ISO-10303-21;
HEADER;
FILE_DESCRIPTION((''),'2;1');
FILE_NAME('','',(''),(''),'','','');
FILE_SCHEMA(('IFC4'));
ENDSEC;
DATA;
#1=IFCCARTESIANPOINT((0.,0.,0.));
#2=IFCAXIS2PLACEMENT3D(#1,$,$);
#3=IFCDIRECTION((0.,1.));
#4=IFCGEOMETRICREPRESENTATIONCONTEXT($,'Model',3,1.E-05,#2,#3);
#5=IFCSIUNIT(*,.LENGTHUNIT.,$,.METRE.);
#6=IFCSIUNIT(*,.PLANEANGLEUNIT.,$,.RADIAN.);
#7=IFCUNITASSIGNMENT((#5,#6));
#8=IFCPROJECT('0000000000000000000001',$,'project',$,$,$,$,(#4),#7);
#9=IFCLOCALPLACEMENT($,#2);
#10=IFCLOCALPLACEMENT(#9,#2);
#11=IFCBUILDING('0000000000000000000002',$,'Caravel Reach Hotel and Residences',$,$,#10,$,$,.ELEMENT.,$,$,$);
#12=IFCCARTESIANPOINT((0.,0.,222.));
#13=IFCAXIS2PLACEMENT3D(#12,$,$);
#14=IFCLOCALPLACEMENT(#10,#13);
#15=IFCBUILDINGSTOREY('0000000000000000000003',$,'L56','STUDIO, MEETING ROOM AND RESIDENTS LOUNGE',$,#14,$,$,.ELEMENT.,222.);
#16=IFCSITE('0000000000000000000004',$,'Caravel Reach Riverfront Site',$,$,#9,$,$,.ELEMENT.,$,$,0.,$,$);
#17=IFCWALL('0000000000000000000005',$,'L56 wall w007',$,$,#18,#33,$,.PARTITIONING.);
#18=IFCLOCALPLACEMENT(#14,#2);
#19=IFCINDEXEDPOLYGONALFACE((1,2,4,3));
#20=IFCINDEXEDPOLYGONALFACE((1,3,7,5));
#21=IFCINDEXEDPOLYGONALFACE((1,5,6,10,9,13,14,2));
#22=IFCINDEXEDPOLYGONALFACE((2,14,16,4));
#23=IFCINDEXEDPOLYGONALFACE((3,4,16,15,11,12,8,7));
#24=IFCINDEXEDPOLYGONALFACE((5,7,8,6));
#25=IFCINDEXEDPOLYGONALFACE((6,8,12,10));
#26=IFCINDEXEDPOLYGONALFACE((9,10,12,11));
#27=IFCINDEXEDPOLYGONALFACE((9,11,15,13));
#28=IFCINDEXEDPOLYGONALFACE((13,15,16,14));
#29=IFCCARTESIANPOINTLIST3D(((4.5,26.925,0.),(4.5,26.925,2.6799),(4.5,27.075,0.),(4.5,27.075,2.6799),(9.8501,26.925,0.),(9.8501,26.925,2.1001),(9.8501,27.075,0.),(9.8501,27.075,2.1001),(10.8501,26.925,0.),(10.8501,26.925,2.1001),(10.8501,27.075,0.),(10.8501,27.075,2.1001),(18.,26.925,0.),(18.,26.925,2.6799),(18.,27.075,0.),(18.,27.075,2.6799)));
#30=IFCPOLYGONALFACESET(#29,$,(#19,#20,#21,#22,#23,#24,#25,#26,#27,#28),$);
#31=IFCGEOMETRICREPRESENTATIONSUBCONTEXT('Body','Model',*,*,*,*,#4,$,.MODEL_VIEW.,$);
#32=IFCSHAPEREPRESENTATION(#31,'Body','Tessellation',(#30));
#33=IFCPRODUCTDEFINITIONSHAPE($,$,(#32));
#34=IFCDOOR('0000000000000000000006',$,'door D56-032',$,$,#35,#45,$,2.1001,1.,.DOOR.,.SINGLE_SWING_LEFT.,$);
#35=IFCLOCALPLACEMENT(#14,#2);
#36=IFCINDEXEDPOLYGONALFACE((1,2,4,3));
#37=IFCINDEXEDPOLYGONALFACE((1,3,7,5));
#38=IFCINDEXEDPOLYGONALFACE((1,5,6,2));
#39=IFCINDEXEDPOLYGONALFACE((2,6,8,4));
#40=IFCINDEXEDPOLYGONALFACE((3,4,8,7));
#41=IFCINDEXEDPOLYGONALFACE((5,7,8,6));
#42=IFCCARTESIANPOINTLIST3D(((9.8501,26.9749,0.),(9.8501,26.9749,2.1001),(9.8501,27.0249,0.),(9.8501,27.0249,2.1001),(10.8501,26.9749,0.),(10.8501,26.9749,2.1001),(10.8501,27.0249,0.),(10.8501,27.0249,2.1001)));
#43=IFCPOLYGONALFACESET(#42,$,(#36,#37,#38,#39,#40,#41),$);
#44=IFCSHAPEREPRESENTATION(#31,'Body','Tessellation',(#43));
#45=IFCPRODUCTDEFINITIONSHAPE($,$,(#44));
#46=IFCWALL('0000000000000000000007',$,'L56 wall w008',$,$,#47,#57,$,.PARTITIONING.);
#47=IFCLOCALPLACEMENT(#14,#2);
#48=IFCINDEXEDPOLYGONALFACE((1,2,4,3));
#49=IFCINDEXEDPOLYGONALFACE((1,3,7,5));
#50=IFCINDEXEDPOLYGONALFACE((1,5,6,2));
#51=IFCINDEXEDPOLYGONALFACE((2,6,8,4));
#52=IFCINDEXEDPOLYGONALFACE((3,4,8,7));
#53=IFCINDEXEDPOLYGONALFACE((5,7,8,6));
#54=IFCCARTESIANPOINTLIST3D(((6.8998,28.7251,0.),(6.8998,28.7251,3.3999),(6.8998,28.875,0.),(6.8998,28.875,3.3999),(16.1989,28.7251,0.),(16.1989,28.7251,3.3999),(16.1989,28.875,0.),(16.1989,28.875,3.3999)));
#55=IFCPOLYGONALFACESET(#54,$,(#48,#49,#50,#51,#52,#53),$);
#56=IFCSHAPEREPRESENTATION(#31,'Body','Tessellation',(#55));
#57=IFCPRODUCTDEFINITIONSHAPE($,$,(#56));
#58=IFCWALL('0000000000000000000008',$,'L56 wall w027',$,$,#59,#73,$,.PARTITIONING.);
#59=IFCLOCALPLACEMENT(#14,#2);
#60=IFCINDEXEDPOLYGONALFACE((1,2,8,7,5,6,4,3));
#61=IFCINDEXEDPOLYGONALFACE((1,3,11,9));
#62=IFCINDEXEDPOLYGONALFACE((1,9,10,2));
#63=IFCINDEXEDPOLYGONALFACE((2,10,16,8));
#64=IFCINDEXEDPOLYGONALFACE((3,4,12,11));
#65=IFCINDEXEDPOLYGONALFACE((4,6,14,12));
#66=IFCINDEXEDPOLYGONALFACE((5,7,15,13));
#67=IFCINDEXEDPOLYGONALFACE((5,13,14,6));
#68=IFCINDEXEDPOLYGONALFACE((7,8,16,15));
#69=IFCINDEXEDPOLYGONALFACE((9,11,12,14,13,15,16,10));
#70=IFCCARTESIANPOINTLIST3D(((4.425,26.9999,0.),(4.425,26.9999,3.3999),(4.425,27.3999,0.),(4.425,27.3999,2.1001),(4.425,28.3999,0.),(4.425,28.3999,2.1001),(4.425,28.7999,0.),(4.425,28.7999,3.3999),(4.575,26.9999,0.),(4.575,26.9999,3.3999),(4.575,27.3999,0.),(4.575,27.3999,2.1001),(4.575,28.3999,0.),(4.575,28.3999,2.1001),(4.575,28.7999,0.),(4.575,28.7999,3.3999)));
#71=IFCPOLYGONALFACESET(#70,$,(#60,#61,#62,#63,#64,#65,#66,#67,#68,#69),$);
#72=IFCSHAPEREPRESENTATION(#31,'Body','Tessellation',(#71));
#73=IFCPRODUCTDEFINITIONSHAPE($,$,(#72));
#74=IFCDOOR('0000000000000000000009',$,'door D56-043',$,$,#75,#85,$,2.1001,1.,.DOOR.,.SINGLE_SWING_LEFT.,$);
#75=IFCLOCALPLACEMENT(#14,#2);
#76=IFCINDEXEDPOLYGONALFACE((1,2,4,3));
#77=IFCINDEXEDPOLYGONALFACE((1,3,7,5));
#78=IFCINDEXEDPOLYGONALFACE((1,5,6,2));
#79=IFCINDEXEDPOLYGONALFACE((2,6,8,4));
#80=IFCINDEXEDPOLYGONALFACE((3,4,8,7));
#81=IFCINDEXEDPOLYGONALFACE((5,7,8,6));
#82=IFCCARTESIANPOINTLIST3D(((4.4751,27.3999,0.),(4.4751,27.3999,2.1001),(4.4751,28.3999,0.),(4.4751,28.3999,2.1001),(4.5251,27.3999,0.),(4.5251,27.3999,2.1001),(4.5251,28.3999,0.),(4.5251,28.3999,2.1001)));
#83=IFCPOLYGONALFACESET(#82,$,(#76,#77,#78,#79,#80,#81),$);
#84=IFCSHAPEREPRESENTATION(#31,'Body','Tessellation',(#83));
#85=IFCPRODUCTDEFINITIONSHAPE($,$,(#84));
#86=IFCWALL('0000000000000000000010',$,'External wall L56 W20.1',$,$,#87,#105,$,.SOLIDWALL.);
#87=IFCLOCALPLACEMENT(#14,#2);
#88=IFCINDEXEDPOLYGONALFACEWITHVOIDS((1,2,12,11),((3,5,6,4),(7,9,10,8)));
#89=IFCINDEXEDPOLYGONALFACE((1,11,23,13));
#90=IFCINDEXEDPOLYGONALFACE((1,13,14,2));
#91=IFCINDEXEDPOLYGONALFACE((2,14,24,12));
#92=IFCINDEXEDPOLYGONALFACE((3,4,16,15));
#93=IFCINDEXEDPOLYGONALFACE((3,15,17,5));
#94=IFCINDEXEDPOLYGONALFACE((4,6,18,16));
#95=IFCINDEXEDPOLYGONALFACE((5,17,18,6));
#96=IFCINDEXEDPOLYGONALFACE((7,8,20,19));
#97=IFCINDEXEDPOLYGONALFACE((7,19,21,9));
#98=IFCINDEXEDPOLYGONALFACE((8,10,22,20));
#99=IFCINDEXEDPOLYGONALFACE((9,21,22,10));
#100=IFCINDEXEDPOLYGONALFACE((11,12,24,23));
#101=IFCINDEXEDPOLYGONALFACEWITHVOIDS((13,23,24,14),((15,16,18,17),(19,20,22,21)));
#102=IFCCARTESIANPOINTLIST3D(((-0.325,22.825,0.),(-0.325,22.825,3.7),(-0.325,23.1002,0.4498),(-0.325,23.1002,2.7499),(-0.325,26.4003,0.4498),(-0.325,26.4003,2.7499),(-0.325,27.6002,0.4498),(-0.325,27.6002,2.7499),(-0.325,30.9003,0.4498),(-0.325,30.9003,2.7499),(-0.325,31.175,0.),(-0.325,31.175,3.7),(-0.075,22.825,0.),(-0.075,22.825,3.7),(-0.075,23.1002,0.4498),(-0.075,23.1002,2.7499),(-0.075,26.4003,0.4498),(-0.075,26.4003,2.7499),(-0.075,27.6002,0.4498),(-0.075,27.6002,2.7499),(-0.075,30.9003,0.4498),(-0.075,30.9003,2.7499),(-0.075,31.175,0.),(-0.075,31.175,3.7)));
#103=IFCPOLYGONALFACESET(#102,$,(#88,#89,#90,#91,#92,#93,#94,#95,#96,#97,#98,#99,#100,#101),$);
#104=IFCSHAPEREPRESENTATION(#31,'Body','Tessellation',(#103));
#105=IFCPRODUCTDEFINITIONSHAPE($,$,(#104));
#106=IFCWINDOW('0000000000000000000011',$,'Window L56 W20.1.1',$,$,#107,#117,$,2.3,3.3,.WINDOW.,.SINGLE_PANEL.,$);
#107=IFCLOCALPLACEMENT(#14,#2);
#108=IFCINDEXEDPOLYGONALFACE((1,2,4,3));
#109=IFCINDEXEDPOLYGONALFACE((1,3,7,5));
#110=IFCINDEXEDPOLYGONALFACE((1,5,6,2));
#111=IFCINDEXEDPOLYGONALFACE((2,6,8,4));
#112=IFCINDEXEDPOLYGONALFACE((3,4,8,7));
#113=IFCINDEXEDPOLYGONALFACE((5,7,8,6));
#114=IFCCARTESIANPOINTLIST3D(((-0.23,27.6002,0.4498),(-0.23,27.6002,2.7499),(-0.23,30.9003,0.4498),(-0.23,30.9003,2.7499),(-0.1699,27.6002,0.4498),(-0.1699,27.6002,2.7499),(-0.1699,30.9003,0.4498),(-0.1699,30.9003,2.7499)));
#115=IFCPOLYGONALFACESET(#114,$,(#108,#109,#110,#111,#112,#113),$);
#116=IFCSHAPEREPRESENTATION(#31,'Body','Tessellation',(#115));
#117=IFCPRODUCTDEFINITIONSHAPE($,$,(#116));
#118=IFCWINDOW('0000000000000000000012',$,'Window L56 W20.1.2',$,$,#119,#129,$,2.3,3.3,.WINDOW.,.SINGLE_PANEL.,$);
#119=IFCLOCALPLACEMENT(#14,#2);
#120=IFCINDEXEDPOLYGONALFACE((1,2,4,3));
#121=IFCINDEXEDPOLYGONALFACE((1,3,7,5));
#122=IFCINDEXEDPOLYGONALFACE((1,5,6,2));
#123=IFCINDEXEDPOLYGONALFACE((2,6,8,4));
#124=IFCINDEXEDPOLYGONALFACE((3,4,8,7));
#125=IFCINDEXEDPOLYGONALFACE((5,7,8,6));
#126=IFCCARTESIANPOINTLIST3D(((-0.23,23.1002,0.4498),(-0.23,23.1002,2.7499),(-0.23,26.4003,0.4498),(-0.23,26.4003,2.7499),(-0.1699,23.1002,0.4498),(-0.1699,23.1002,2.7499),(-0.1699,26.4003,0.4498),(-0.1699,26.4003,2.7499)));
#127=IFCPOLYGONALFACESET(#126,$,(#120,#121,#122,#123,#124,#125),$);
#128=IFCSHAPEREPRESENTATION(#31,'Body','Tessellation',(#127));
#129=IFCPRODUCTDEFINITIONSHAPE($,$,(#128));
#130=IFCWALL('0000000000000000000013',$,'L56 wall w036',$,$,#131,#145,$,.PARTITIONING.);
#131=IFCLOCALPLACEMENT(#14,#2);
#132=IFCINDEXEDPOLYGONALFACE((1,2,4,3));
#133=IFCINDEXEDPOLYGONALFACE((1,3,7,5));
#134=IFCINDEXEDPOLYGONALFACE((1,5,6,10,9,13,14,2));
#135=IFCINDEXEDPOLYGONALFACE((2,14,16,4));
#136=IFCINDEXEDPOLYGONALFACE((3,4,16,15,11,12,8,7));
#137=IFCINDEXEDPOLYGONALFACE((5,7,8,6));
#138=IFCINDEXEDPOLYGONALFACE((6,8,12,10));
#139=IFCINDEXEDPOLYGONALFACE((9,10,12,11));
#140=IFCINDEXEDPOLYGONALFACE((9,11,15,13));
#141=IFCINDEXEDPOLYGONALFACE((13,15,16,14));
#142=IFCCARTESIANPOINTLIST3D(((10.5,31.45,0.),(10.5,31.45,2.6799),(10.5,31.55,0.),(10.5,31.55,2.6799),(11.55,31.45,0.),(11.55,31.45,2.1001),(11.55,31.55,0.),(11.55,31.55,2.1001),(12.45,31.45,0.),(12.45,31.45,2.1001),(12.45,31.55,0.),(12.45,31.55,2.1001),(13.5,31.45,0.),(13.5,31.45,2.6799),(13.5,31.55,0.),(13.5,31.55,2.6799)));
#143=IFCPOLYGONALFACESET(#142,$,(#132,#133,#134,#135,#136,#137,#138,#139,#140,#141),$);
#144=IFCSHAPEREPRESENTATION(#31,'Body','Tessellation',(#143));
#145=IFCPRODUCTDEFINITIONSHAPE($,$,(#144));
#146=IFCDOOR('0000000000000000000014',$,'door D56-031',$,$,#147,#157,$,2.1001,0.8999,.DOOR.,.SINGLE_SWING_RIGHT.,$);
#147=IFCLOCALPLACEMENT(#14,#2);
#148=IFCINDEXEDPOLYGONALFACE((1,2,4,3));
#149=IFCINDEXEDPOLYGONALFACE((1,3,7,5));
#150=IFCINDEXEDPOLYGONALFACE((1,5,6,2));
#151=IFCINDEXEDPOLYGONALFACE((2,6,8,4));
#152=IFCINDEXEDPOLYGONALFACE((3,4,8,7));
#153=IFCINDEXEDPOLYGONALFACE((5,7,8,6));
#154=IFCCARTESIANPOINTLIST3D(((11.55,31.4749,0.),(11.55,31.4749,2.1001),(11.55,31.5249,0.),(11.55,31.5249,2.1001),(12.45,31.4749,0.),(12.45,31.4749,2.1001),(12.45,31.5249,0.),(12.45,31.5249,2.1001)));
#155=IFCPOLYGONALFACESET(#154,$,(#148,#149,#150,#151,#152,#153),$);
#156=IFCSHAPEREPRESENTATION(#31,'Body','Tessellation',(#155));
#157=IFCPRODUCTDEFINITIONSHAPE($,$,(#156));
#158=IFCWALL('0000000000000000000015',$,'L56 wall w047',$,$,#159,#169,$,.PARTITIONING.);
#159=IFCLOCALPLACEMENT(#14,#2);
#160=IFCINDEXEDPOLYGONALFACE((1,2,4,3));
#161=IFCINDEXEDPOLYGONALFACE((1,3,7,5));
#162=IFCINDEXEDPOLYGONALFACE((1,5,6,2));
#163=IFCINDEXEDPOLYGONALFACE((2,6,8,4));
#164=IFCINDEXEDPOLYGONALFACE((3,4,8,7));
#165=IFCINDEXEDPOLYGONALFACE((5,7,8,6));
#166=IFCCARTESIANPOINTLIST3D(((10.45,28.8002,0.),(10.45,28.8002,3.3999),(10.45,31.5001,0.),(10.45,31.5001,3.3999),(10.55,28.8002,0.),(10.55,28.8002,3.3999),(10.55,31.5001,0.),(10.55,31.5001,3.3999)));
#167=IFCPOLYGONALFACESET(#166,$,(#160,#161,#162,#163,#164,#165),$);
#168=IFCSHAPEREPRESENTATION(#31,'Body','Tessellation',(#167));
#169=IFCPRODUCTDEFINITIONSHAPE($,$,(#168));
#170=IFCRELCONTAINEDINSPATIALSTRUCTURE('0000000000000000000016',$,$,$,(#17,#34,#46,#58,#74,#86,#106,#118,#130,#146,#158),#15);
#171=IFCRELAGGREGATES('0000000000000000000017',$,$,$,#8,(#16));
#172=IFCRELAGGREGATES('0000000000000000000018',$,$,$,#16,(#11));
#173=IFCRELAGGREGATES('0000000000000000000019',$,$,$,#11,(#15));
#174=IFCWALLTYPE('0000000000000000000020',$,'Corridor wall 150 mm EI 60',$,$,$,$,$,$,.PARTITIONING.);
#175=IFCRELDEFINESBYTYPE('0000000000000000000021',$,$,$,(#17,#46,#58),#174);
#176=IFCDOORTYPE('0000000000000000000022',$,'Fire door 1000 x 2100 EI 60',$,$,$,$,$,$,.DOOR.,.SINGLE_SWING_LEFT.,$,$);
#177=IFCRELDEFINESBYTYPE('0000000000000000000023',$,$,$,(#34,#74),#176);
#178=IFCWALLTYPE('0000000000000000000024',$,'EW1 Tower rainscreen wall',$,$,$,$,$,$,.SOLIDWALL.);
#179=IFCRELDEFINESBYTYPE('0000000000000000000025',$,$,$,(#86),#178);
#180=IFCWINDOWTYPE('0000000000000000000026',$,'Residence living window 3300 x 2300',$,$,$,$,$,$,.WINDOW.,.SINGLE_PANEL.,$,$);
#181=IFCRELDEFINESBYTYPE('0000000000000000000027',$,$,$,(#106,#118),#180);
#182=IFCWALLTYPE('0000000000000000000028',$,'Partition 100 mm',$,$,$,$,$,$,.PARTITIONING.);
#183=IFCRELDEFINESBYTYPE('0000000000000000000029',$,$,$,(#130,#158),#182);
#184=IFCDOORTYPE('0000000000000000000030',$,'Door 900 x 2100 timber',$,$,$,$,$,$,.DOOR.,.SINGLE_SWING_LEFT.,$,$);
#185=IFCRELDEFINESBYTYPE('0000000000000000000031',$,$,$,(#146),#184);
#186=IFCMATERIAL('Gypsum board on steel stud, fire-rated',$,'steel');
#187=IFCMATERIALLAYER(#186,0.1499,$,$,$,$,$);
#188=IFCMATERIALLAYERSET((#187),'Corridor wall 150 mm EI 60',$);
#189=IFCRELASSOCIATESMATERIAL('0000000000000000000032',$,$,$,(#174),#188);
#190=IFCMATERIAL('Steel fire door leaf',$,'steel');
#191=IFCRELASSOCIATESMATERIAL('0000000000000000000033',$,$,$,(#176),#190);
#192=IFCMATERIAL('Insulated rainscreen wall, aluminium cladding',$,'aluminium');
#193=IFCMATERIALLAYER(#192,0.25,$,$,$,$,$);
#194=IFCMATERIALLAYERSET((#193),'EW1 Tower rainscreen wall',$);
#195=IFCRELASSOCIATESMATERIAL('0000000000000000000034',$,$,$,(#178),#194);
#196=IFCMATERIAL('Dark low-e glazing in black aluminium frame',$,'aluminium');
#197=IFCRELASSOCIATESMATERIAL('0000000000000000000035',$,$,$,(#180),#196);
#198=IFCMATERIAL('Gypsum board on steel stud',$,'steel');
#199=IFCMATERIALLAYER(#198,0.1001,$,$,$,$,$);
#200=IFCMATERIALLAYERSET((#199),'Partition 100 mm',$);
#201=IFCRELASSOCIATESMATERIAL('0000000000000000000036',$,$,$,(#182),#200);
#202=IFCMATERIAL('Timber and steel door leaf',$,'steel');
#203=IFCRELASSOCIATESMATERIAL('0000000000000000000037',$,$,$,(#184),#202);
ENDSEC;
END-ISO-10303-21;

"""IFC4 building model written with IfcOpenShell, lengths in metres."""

from ifc_helpers import new_model, si_unit, direction, frame, frame_2d, origin, place, context, subcontext, project, spatial, rectangle, extrude, material, layer, layer_set, type_object, element, fill, save


model = new_model("IFC4")

# Units and contexts
model_context = context("Model", 3, precision=1e-05, world=origin(), true_north=direction((0.0, 1.0)))
body_context = subcontext(model_context, "Body", "Model", "MODEL_VIEW")
ifc_project = project(units=[si_unit("LENGTHUNIT", "METRE"), si_unit("PLANEANGLEUNIT", "RADIAN")], contexts=[model_context])

# Site, building, storey
site_placement = place(None, origin())
site = spatial("IfcSite", under=ifc_project, at=site_placement, Name="Caravel Reach Riverfront Site", CompositionType="ELEMENT", RefElevation=0.0)
building_placement = place(site_placement, origin())
building = spatial("IfcBuilding", under=site, at=building_placement, Name="Caravel Reach Hotel and Residences", CompositionType="ELEMENT")
storey_placement = place(building_placement, frame((0.0, 0.0, 222.0)))
storey = spatial("IfcBuildingStorey", under=building, at=storey_placement, Name="L56", Description="STUDIO, MEETING ROOM AND RESIDENTS LOUNGE", CompositionType="ELEMENT", Elevation=222.0)

# Wall, opening, door
ifc_material_1 = material(Name="Gypsum board on steel stud, fire-rated", Category="steel")
ifc_layer_1 = layer(ifc_material_1, 0.1499)
ifc_layer_set_1 = layer_set([ifc_layer_1], Name="Corridor wall 150 mm EI 60")
wall_type_1 = type_object("IfcWallType", Name="Corridor wall 150 mm EI 60", PredefinedType="PARTITIONING", material=ifc_layer_set_1)
wall_1_placement = place(storey_placement, frame((4.5, 27.0, 0.0), z_axis=(0.0, 0.0, 1.0), x_axis=(1.0, 0.0, 0.0)))
wall_1 = element("IfcWall", 1, at=wall_1_placement, inside=storey, type_object=wall_type_1, Name="L56 wall w007", PredefinedType="PARTITIONING", context=body_context, shape_type="SweptSolid", body=[
    extrude(rectangle(XDim=13.5, YDim=0.1499, at=frame_2d((6.75, 0.0))), origin(), (0.0, 0.0, 1.0), 2.6799),
])
opening_1_placement = place(wall_1_placement, frame((5.3501, 0.0, 0.0)))
opening_1 = element("IfcOpeningElement", 2, at=opening_1_placement, cuts=wall_1, PredefinedType="OPENING", context=body_context, shape_type="SweptSolid", body=[
    extrude(rectangle(XDim=1.0, YDim=2.1001, at=frame_2d((0.5, 1.05))), frame((0.0, 0.085, 0.0), z_axis=(0.0, -1.0, 0.0), x_axis=(1.0, 0.0, 0.0)), (0.0, 0.0, 1.0), 0.1699),
])
ifc_material_2 = material(Name="Steel fire door leaf", Category="steel")
door_type_1 = type_object("IfcDoorType", Name="Fire door 1000 x 2100 EI 60", OperationType="SINGLE_SWING_LEFT", PredefinedType="DOOR", material=ifc_material_2)
door_1_placement = place(opening_1_placement, origin())
door_1 = element("IfcDoor", 3, at=door_1_placement, inside=storey, type_object=door_type_1, Name="door D56-032", OperationType="SINGLE_SWING_LEFT", OverallHeight=2.1001, OverallWidth=1.0, PredefinedType="DOOR", context=body_context, shape_type="SweptSolid", body=[
    extrude(rectangle(XDim=1.0, YDim=2.1001, at=frame_2d((0.5, 1.05))), frame((0.0, 0.0249, 0.0), z_axis=(0.0, -1.0, 0.0), x_axis=(1.0, 0.0, 0.0)), (0.0, 0.0, 1.0), 0.05),
])
fill(opening_1, door_1)

# Wall
wall_2_placement = place(storey_placement, frame((6.8999, 28.8, 0.0), z_axis=(0.0, 0.0, 1.0), x_axis=(1.0, 0.0, 0.0)))
element("IfcWall", 4, at=wall_2_placement, inside=storey, type_object=wall_type_1, Name="L56 wall w008", PredefinedType="PARTITIONING", context=body_context, shape_type="SweptSolid", body=[
    extrude(rectangle(XDim=9.2991, YDim=0.1499, at=frame_2d((4.6494, 0.0))), origin(), (0.0, 0.0, 1.0), 3.3999),
])

# Wall, opening, door
wall_3_placement = place(storey_placement, frame((4.5, 27.0, 0.0), z_axis=(0.0, 0.0, 1.0), x_axis=(0.0, 1.0, 0.0)))
wall_3 = element("IfcWall", 5, at=wall_3_placement, inside=storey, type_object=wall_type_1, Name="L56 wall w027", PredefinedType="PARTITIONING", context=body_context, shape_type="SweptSolid", body=[
    extrude(rectangle(XDim=1.8, YDim=0.1499, at=frame_2d((0.8999, 0.0))), origin(), (0.0, 0.0, 1.0), 3.3999),
])
opening_2_placement = place(wall_3_placement, frame((0.3999, 0.0, 0.0)))
opening_2 = element("IfcOpeningElement", 6, at=opening_2_placement, cuts=wall_3, PredefinedType="OPENING", context=body_context, shape_type="SweptSolid", body=[
    extrude(rectangle(XDim=1.0, YDim=2.1001, at=frame_2d((0.5, 1.05))), frame((0.0, 0.085, 0.0), z_axis=(0.0, -1.0, 0.0), x_axis=(1.0, 0.0, 0.0)), (0.0, 0.0, 1.0), 0.1699),
])
door_2_placement = place(opening_2_placement, origin())
door_2 = element("IfcDoor", 7, at=door_2_placement, inside=storey, type_object=door_type_1, Name="door D56-043", OperationType="SINGLE_SWING_LEFT", OverallHeight=2.1001, OverallWidth=1.0, PredefinedType="DOOR", context=body_context, shape_type="SweptSolid", body=[
    extrude(rectangle(XDim=1.0, YDim=2.1001, at=frame_2d((0.5, 1.05))), frame((0.0, 0.0249, 0.0), z_axis=(0.0, -1.0, 0.0), x_axis=(1.0, 0.0, 0.0)), (0.0, 0.0, 1.0), 0.05),
])
fill(opening_2, door_2)

# Wall, openings, windows
ifc_material_3 = material(Name="Insulated rainscreen wall, aluminium cladding", Category="aluminium")
ifc_layer_2 = layer(ifc_material_3, 0.25)
ifc_layer_set_2 = layer_set([ifc_layer_2], Name="EW1 Tower rainscreen wall")
wall_type_2 = type_object("IfcWallType", Name="EW1 Tower rainscreen wall", PredefinedType="SOLIDWALL", material=ifc_layer_set_2)
wall_4_placement = place(storey_placement, frame((-0.2, 31.175, 0.0), z_axis=(0.0, 0.0, 1.0), x_axis=(0.0, -1.0, 0.0)))
wall_4 = element("IfcWall", 8, at=wall_4_placement, inside=storey, type_object=wall_type_2, Name="External wall L56 W20.1", PredefinedType="SOLIDWALL", context=body_context, shape_type="SweptSolid", body=[
    extrude(rectangle(XDim=8.3501, YDim=0.25, at=frame_2d((4.175, 0.0))), origin(), (0.0, 0.0, 1.0), 3.7),
])
opening_3_placement = place(wall_4_placement, frame((0.2749, 0.0, 0.45)))
opening_3 = element("IfcOpeningElement", 9, at=opening_3_placement, cuts=wall_4, PredefinedType="OPENING", context=body_context, shape_type="SweptSolid", body=[
    extrude(rectangle(XDim=3.3, YDim=2.3, at=frame_2d((1.6499, 1.1499))), frame((0.0, 0.135, 0.0), z_axis=(0.0, -1.0, 0.0), x_axis=(1.0, 0.0, 0.0)), (0.0, 0.0, 1.0), 0.27),
])
opening_4_placement = place(wall_4_placement, frame((4.7749, 0.0, 0.45)))
opening_4 = element("IfcOpeningElement", 10, at=opening_4_placement, cuts=wall_4, PredefinedType="OPENING", context=body_context, shape_type="SweptSolid", body=[
    extrude(rectangle(XDim=3.3, YDim=2.3, at=frame_2d((1.6499, 1.1499))), frame((0.0, 0.135, 0.0), z_axis=(0.0, -1.0, 0.0), x_axis=(1.0, 0.0, 0.0)), (0.0, 0.0, 1.0), 0.27),
])
ifc_material_4 = material(Name="Dark low-e glazing in black aluminium frame", Category="aluminium")
window_type = type_object("IfcWindowType", Name="Residence living window 3300 x 2300", PartitioningType="SINGLE_PANEL", PredefinedType="WINDOW", material=ifc_material_4)
window_1_placement = place(opening_3_placement, origin())
window_1 = element("IfcWindow", 11, at=window_1_placement, inside=storey, type_object=window_type, Name="Window L56 W20.1.1", OverallHeight=2.3, OverallWidth=3.3, PartitioningType="SINGLE_PANEL", PredefinedType="WINDOW", context=body_context, shape_type="SweptSolid", body=[
    extrude(rectangle(XDim=3.3, YDim=2.3, at=frame_2d((1.6499, 1.1499))), frame((0.0, 0.03, 0.0), z_axis=(0.0, -1.0, 0.0), x_axis=(1.0, 0.0, 0.0)), (0.0, 0.0, 1.0), 0.0601),
])
fill(opening_3, window_1)
window_2_placement = place(opening_4_placement, origin())
window_2 = element("IfcWindow", 12, at=window_2_placement, inside=storey, type_object=window_type, Name="Window L56 W20.1.2", OverallHeight=2.3, OverallWidth=3.3, PartitioningType="SINGLE_PANEL", PredefinedType="WINDOW", context=body_context, shape_type="SweptSolid", body=[
    extrude(rectangle(XDim=3.3, YDim=2.3, at=frame_2d((1.6499, 1.1499))), frame((0.0, 0.03, 0.0), z_axis=(0.0, -1.0, 0.0), x_axis=(1.0, 0.0, 0.0)), (0.0, 0.0, 1.0), 0.0601),
])
fill(opening_4, window_2)

# Wall, opening, door
ifc_material_5 = material(Name="Gypsum board on steel stud", Category="steel")
ifc_layer_3 = layer(ifc_material_5, 0.1001)
ifc_layer_set_3 = layer_set([ifc_layer_3], Name="Partition 100 mm")
wall_type_3 = type_object("IfcWallType", Name="Partition 100 mm", PredefinedType="PARTITIONING", material=ifc_layer_set_3)
wall_5_placement = place(storey_placement, frame((10.5, 31.5, 0.0), z_axis=(0.0, 0.0, 1.0), x_axis=(1.0, 0.0, 0.0)))
wall_5 = element("IfcWall", 13, at=wall_5_placement, inside=storey, type_object=wall_type_3, Name="L56 wall w036", PredefinedType="PARTITIONING", context=body_context, shape_type="SweptSolid", body=[
    extrude(rectangle(XDim=3.0, YDim=0.1001, at=frame_2d((1.5, 0.0))), origin(), (0.0, 0.0, 1.0), 2.6799),
])
opening_5_placement = place(wall_5_placement, frame((1.05, 0.0, 0.0)))
opening_5 = element("IfcOpeningElement", 14, at=opening_5_placement, cuts=wall_5, PredefinedType="OPENING", context=body_context, shape_type="SweptSolid", body=[
    extrude(rectangle(XDim=0.8999, YDim=2.1001, at=frame_2d((0.45, 1.05))), frame((0.0, 0.0601, 0.0), z_axis=(0.0, -1.0, 0.0), x_axis=(1.0, 0.0, 0.0)), (0.0, 0.0, 1.0), 0.1201),
])
ifc_material_6 = material(Name="Timber and steel door leaf", Category="steel")
door_type_2 = type_object("IfcDoorType", Name="Door 900 x 2100 timber", OperationType="SINGLE_SWING_LEFT", PredefinedType="DOOR", material=ifc_material_6)
door_3_placement = place(opening_5_placement, origin())
door_3 = element("IfcDoor", 15, at=door_3_placement, inside=storey, type_object=door_type_2, Name="door D56-031", OperationType="SINGLE_SWING_RIGHT", OverallHeight=2.1001, OverallWidth=0.8999, PredefinedType="DOOR", context=body_context, shape_type="SweptSolid", body=[
    extrude(rectangle(XDim=0.8999, YDim=2.1001, at=frame_2d((0.45, 1.05))), frame((0.0, 0.0249, 0.0), z_axis=(0.0, -1.0, 0.0), x_axis=(1.0, 0.0, 0.0)), (0.0, 0.0, 1.0), 0.05),
])
fill(opening_5, door_3)

# Wall
wall_6_placement = place(storey_placement, frame((10.5, 28.8, 0.0), z_axis=(0.0, 0.0, 1.0), x_axis=(0.0, 1.0, 0.0)))
element("IfcWall", 16, at=wall_6_placement, inside=storey, type_object=wall_type_3, Name="L56 wall w047", PredefinedType="PARTITIONING", context=body_context, shape_type="SweptSolid", body=[
    extrude(rectangle(XDim=2.7, YDim=0.1001, at=frame_2d((1.3501, 0.0))), origin(), (0.0, 0.0, 1.0), 3.3999),
])

save(model, "model.ifc")
